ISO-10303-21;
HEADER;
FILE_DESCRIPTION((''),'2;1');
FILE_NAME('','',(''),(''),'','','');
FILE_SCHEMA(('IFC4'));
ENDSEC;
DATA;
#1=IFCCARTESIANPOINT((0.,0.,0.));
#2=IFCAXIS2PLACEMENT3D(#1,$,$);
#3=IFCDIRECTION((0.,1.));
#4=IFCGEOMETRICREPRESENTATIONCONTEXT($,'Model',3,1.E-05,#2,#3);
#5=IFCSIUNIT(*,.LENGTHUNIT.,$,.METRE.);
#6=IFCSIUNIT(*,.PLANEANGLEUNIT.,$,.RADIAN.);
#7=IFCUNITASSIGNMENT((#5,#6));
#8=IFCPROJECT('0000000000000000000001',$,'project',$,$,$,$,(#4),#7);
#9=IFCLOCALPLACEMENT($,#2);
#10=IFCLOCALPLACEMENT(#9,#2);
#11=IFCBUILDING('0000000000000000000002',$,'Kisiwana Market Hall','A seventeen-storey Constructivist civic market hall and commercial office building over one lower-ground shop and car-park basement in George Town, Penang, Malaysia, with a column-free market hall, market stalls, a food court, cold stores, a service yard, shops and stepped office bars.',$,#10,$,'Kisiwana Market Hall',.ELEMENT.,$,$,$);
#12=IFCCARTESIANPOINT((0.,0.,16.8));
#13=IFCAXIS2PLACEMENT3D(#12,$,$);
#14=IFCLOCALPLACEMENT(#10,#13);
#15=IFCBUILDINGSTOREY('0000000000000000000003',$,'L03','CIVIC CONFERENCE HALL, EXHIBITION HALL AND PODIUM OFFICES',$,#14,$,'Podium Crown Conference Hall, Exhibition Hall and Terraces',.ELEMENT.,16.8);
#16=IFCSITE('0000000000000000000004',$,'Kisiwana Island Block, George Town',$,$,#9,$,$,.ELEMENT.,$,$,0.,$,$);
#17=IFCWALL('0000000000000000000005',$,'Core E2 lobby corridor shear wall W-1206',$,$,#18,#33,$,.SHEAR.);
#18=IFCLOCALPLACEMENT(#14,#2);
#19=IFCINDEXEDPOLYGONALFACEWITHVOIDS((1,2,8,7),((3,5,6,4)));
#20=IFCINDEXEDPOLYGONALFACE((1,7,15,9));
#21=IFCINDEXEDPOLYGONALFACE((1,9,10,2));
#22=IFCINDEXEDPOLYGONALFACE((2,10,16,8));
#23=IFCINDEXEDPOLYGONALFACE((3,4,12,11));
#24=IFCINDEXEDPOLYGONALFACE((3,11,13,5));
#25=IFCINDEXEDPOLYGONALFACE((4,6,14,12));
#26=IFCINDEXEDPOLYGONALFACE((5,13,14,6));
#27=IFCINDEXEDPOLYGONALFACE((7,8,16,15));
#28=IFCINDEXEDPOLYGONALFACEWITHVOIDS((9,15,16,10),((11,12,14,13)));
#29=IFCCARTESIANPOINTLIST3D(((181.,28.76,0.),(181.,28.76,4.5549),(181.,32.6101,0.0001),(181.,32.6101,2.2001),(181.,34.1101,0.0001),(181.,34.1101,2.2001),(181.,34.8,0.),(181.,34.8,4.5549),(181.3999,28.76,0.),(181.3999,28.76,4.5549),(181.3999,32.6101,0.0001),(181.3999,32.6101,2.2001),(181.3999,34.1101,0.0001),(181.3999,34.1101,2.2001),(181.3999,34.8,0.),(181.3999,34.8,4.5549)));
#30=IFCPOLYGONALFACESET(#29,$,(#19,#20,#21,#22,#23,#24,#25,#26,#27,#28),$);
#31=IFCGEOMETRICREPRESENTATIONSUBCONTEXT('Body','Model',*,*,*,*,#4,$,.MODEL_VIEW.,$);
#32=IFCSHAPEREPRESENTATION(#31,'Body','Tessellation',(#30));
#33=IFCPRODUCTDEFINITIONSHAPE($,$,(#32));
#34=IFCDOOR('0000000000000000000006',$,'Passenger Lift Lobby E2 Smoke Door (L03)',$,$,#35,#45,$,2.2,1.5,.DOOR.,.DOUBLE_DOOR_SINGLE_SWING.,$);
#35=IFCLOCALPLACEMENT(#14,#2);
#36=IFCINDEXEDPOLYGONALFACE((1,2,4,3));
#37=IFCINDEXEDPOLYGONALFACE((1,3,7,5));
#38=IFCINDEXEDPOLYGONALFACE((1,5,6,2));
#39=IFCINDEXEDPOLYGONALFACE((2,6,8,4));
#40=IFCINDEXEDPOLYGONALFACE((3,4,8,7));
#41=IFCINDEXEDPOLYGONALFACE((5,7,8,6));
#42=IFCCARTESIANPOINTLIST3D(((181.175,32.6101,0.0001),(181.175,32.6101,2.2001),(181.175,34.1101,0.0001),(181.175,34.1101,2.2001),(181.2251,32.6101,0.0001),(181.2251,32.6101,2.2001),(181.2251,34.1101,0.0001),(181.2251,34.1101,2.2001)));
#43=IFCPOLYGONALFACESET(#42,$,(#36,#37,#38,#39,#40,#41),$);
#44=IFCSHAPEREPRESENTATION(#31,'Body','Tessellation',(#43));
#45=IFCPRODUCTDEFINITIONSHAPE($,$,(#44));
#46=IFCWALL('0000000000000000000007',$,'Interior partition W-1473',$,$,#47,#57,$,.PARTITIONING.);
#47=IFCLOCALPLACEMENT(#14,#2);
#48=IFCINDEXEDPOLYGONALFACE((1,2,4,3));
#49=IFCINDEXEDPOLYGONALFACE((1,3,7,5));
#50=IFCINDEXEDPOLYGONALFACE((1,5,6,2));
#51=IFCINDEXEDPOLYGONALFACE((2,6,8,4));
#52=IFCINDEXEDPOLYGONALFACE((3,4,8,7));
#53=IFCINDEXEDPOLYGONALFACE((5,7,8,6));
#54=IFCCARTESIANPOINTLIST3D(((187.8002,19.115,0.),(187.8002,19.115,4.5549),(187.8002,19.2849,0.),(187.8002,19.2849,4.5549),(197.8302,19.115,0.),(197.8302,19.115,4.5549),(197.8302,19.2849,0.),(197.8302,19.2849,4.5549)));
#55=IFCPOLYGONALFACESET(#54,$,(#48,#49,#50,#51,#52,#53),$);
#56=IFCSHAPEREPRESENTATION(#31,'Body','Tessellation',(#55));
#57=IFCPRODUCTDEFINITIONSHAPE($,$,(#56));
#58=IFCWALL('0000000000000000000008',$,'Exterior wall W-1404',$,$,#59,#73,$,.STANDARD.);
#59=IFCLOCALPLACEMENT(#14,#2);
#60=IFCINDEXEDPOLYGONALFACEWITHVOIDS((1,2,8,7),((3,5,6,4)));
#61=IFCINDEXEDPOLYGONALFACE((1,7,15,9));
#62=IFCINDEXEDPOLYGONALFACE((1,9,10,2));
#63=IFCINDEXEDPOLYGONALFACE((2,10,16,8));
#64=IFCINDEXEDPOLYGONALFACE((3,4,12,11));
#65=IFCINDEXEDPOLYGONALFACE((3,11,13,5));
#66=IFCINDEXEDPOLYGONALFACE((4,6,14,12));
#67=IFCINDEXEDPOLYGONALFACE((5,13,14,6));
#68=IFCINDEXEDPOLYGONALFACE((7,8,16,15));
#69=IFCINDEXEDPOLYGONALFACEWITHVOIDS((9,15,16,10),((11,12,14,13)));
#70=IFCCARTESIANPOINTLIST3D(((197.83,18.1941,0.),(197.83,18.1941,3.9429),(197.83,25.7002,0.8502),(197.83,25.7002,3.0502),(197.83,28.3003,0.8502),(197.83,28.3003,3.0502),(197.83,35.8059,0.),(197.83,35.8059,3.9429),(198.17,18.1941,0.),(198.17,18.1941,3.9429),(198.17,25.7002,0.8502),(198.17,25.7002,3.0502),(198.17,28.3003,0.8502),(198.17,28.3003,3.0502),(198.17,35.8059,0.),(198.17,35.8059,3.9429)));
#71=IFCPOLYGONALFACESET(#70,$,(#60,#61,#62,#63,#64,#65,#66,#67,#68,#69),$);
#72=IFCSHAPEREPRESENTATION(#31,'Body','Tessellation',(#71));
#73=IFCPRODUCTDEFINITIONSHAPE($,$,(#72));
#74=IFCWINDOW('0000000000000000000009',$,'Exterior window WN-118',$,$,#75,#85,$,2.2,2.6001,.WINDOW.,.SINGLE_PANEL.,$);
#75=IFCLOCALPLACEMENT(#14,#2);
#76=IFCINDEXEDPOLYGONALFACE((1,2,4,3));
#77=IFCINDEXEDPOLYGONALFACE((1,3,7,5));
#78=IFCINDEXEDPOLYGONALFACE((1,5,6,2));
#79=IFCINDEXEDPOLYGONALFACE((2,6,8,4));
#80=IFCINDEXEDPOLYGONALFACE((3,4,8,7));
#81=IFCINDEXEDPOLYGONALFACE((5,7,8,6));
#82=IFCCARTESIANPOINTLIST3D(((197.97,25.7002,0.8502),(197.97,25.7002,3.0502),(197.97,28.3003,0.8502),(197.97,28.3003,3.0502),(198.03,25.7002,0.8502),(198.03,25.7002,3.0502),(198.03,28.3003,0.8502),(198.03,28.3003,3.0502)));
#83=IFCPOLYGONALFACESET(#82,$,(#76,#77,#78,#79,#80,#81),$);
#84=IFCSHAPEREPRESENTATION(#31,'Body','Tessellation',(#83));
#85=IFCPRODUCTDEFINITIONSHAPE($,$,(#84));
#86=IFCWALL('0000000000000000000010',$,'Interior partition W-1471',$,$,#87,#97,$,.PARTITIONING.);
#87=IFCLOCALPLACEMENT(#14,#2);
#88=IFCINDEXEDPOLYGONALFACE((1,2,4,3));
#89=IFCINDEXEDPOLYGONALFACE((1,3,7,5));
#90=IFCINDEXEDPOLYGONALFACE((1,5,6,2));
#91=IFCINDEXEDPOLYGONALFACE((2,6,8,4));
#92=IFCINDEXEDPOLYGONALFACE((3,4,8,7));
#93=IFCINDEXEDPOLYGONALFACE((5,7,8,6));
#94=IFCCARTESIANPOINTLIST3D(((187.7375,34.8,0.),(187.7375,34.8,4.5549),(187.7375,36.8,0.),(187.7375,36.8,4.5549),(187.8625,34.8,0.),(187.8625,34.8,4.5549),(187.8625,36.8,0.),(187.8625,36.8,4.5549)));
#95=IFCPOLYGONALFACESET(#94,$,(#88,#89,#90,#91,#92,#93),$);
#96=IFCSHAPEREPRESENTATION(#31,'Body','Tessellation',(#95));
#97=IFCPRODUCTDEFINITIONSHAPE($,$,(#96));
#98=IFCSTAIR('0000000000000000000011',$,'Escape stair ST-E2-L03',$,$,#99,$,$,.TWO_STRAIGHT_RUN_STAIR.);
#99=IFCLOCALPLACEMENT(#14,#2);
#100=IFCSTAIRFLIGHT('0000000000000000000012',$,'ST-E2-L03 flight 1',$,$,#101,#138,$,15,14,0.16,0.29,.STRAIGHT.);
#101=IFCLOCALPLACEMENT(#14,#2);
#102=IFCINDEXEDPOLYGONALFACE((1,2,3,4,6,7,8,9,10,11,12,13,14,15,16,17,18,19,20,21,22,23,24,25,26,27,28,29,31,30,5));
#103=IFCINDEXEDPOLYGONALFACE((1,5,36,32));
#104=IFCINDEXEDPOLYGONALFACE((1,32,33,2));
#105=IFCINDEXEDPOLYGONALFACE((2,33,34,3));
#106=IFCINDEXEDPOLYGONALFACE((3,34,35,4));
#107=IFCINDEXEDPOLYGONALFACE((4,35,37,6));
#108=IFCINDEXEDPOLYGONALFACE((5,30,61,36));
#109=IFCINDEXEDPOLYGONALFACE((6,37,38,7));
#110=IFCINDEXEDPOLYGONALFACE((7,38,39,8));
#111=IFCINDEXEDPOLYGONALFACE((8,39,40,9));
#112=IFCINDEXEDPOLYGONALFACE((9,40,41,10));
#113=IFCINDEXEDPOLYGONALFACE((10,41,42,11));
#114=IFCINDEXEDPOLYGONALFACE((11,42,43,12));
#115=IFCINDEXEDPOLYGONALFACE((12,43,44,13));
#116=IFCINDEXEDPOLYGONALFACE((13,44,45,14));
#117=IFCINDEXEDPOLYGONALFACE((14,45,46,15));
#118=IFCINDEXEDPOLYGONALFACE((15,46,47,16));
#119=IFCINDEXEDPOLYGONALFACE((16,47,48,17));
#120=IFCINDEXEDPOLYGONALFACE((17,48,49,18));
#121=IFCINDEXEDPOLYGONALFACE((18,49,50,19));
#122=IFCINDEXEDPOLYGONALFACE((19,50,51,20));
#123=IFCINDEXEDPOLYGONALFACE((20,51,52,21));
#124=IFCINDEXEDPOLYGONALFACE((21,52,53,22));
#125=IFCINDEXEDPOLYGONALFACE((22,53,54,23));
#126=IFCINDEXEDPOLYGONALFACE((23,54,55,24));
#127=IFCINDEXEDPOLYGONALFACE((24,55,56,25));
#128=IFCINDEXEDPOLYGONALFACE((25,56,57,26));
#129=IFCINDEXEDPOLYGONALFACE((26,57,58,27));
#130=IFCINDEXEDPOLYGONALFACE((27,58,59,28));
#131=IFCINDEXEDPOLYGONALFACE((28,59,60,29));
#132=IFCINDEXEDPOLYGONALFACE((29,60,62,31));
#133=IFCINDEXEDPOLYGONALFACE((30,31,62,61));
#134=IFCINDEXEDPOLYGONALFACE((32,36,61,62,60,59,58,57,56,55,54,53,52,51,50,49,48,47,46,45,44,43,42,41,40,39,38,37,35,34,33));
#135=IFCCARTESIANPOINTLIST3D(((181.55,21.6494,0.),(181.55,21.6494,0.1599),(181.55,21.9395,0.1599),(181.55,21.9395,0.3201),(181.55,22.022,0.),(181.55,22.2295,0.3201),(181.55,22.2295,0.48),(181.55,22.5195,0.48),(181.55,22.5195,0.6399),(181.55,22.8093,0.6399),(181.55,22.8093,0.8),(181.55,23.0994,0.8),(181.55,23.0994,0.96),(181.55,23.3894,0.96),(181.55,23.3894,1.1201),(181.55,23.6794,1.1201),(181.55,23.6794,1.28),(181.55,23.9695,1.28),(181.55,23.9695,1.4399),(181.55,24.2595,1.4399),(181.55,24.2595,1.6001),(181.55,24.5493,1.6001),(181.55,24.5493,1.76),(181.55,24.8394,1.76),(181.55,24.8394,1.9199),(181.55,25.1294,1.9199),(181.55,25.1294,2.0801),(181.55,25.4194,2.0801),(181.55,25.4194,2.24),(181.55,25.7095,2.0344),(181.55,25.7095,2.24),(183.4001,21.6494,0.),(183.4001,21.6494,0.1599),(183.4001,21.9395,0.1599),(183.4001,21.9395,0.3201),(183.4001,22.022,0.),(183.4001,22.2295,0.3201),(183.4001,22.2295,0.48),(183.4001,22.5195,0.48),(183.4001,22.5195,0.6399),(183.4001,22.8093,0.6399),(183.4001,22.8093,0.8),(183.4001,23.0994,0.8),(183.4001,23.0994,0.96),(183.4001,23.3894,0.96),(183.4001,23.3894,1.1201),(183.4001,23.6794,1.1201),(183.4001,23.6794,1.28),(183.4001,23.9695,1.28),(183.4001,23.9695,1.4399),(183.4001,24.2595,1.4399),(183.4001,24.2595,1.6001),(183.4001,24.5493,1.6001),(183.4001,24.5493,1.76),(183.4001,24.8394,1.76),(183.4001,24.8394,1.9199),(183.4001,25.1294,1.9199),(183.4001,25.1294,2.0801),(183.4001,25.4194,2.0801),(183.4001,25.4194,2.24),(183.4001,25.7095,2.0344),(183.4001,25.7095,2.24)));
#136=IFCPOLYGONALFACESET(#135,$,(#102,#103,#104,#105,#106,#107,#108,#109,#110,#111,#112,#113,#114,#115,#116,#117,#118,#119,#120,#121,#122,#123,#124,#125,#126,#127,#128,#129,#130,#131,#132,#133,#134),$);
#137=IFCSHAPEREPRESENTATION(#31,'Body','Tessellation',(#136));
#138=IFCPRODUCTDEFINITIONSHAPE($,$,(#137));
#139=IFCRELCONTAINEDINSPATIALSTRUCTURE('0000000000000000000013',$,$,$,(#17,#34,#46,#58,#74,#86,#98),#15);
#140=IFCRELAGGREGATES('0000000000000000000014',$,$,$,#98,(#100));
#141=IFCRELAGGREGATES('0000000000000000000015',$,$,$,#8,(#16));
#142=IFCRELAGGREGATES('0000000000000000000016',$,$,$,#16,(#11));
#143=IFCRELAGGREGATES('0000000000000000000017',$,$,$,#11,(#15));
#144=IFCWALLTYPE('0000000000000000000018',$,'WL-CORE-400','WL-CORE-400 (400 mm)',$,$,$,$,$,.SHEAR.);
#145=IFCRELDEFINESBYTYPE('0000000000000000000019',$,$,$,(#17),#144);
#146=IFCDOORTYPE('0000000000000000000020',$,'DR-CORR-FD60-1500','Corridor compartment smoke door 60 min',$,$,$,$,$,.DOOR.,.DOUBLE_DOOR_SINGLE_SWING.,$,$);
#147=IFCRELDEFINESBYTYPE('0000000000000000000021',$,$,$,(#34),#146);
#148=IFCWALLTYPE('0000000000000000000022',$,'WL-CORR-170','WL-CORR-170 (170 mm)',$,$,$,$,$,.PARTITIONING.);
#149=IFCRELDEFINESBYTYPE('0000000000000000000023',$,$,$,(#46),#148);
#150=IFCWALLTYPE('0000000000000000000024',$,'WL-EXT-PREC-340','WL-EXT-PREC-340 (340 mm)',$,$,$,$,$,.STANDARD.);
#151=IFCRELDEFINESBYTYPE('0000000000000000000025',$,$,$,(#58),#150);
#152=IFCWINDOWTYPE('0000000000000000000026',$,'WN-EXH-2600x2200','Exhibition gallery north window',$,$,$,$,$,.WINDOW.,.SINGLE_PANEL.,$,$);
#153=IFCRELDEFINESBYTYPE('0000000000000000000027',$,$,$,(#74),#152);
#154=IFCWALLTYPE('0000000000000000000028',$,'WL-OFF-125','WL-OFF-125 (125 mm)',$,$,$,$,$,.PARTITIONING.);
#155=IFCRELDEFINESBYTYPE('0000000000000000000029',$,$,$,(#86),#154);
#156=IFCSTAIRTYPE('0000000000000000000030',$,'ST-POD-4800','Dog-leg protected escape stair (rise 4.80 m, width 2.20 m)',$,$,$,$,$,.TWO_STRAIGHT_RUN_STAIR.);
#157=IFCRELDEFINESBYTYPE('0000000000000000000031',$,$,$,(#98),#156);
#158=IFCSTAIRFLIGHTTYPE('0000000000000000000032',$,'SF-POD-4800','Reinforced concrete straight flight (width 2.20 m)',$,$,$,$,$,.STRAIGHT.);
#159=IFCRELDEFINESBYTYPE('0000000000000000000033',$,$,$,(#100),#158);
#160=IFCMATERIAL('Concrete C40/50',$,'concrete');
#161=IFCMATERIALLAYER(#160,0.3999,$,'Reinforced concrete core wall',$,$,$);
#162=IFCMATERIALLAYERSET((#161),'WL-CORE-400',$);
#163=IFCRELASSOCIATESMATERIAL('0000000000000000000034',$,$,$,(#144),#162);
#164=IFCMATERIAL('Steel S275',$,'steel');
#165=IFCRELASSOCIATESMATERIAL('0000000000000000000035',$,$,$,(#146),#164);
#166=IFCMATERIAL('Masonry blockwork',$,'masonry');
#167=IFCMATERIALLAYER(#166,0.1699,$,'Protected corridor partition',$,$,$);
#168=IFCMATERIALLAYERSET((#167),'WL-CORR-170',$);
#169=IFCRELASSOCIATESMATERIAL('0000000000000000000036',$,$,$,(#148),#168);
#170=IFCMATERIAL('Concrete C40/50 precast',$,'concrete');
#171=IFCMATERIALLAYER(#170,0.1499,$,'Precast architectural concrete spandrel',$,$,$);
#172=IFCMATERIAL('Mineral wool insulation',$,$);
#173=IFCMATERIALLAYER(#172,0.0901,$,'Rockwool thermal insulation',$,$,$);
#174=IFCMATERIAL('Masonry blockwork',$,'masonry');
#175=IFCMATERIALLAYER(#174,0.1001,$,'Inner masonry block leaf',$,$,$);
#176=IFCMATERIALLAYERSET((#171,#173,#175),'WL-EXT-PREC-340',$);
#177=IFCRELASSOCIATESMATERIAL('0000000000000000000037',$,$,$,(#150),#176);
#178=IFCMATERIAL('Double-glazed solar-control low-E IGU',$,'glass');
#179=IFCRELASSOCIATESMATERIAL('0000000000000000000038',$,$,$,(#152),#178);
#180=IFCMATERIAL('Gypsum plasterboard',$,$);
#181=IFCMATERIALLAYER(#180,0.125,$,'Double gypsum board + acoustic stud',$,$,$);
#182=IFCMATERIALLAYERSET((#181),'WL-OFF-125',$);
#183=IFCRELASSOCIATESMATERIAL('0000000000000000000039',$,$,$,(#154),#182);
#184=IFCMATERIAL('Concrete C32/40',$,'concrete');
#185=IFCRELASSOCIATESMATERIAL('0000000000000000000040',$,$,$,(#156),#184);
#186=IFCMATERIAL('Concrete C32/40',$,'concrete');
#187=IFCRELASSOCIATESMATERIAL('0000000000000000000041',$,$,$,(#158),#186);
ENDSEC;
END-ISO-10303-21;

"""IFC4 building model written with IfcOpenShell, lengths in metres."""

from ifc_helpers import new_model, si_unit, direction, frame, frame_2d, origin, place, context, subcontext, project, spatial, polyline, rectangle, outline, extrude, material, layer, layer_set, type_object, element, fill, aggregate, save


model = new_model("IFC4")

# Units and contexts
model_context = context("Model", 3, precision=1e-05, world=origin(), true_north=direction((0.0, 1.0)))
body_context = subcontext(model_context, "Body", "Model", "MODEL_VIEW")
ifc_project = project(units=[si_unit("LENGTHUNIT", "METRE"), si_unit("PLANEANGLEUNIT", "RADIAN")], contexts=[model_context])

# Site, building, storey
site_placement = place(None, origin())
site = spatial("IfcSite", under=ifc_project, at=site_placement, Name="Kisiwana Island Block, George Town", CompositionType="ELEMENT", RefElevation=0.0)
building_placement = place(site_placement, origin())
building = spatial("IfcBuilding", under=site, at=building_placement, Name="Kisiwana Market Hall", Description="A seventeen-storey Constructivist civic market hall and commercial office building over one lower-ground shop and car-park basement in George Town, Penang, Malaysia, with a column-free market hall, market stalls, a food court, cold stores, a service yard, shops and stepped office bars.", LongName="Kisiwana Market Hall", CompositionType="ELEMENT")
storey_placement = place(building_placement, frame((0.0, 0.0, 16.8)))
storey = spatial("IfcBuildingStorey", under=building, at=storey_placement, Name="L03", Description="CIVIC CONFERENCE HALL, EXHIBITION HALL AND PODIUM OFFICES", LongName="Podium Crown Conference Hall, Exhibition Hall and Terraces", CompositionType="ELEMENT", Elevation=16.8)

# Shared definitions
ifc_material_1 = material(Name="Concrete C40/50", Category="concrete")
ifc_layer_1 = layer(ifc_material_1, 0.3999, Name="Reinforced concrete core wall")
ifc_layer_set_1 = layer_set([ifc_layer_1], Name="WL-CORE-400")
wall_type_1 = type_object("IfcWallType", Name="WL-CORE-400", Description="WL-CORE-400 (400 mm)", PredefinedType="SHEAR", material=ifc_layer_set_1)

# Wall, opening, door
wall_1_placement = place(storey_placement, frame((181.2, 28.76, 0.0), z_axis=(0.0, 0.0, 1.0), x_axis=(0.0, 1.0, 0.0)))
wall_1 = element("IfcWall", 1, at=wall_1_placement, inside=storey, type_object=wall_type_1, Name="Core E2 lobby corridor shear wall W-1206", PredefinedType="SHEAR", context=body_context, shape_type="SweptSolid", body=[
    extrude(rectangle(XDim=6.04, YDim=0.3999, at=frame_2d((3.02, 0.0))), origin(), (0.0, 0.0, 1.0), 4.5549),
])
opening_1_placement = place(wall_1_placement, frame((3.8501, 0.0, 0.0)))
opening_1 = element("IfcOpeningElement", 2, at=opening_1_placement, cuts=wall_1, PredefinedType="OPENING", context=body_context, shape_type="SweptSolid", body=[
    extrude(rectangle(XDim=1.5, YDim=2.2, at=frame_2d((0.75, 1.1001))), frame((0.0, 0.2119, 0.0), z_axis=(0.0, -1.0, 0.0), x_axis=(1.0, 0.0, 0.0)), (0.0, 0.0, 1.0), 0.4238),
])
ifc_material_2 = material(Name="Steel S275", Category="steel")
door_type_1 = type_object("IfcDoorType", Name="DR-CORR-FD60-1500", Description="Corridor compartment smoke door 60 min", OperationType="DOUBLE_DOOR_SINGLE_SWING", PredefinedType="DOOR", material=ifc_material_2)
door_1_placement = place(opening_1_placement, origin())
door_1 = element("IfcDoor", 3, at=door_1_placement, inside=storey, type_object=door_type_1, Name="Passenger Lift Lobby E2 Smoke Door (L03)", OperationType="DOUBLE_DOOR_SINGLE_SWING", OverallHeight=2.2, OverallWidth=1.5, PredefinedType="DOOR", context=body_context, shape_type="SweptSolid", body=[
    extrude(rectangle(XDim=1.5, YDim=2.2, at=frame_2d((0.75, 1.1001))), frame((0.0, 0.0249, 0.0), z_axis=(0.0, -1.0, 0.0), x_axis=(1.0, 0.0, 0.0)), (0.0, 0.0, 1.0), 0.05),
])
fill(opening_1, door_1)

# Wall
ifc_material_3 = material(Name="Masonry blockwork", Category="masonry")
ifc_layer_2 = layer(ifc_material_3, 0.1699, Name="Protected corridor partition")
ifc_layer_set_2 = layer_set([ifc_layer_2], Name="WL-CORR-170")
wall_type_2 = type_object("IfcWallType", Name="WL-CORR-170", Description="WL-CORR-170 (170 mm)", PredefinedType="PARTITIONING", material=ifc_layer_set_2)
wall_2_placement = place(storey_placement, frame((187.8, 19.2, 0.0), z_axis=(0.0, 0.0, 1.0), x_axis=(1.0, 0.0, 0.0)))
element("IfcWall", 4, at=wall_2_placement, inside=storey, type_object=wall_type_2, Name="Interior partition W-1473", PredefinedType="PARTITIONING", context=body_context, shape_type="SweptSolid", body=[
    extrude(rectangle(XDim=10.03, YDim=0.1699, at=frame_2d((5.0151, 0.0))), origin(), (0.0, 0.0, 1.0), 4.5549),
])

# Wall, opening, window
ifc_material_4 = material(Name="Concrete C40/50 precast", Category="concrete")
ifc_layer_3 = layer(ifc_material_4, 0.1499, Name="Precast architectural concrete spandrel")
ifc_material_5 = material(Name="Mineral wool insulation")
ifc_layer_4 = layer(ifc_material_5, 0.0901, Name="Rockwool thermal insulation")
ifc_material_6 = material(Name="Masonry blockwork", Category="masonry")
ifc_layer_5 = layer(ifc_material_6, 0.1001, Name="Inner masonry block leaf")
ifc_layer_set_3 = layer_set([ifc_layer_3, ifc_layer_4, ifc_layer_5], Name="WL-EXT-PREC-340")
wall_type_3 = type_object("IfcWallType", Name="WL-EXT-PREC-340", Description="WL-EXT-PREC-340 (340 mm)", PredefinedType="STANDARD", material=ifc_layer_set_3)
wall_3_placement = place(storey_placement, frame((198.0, 18.1941, 0.0), z_axis=(0.0, 0.0, 1.0), x_axis=(0.0, 1.0, 0.0)))
wall_3 = element("IfcWall", 5, at=wall_3_placement, inside=storey, type_object=wall_type_3, Name="Exterior wall W-1404", PredefinedType="STANDARD", context=body_context, shape_type="SweptSolid", body=[
    extrude(rectangle(XDim=17.6118, YDim=0.3401, at=frame_2d((8.8059, 0.0))), origin(), (0.0, 0.0, 1.0), 3.9429),
])
opening_2_placement = place(wall_3_placement, frame((7.5061, 0.0, 0.8501)))
opening_2 = element("IfcOpeningElement", 6, at=opening_2_placement, cuts=wall_3, PredefinedType="OPENING", context=body_context, shape_type="SweptSolid", body=[
    extrude(rectangle(XDim=2.6001, YDim=2.2, at=frame_2d((1.3, 1.1001))), frame((0.0, 0.1821, 0.0), z_axis=(0.0, -1.0, 0.0), x_axis=(1.0, 0.0, 0.0)), (0.0, 0.0, 1.0), 0.364),
])
ifc_material_7 = material(Name="Double-glazed solar-control low-E IGU", Category="glass")
window_type = type_object("IfcWindowType", Name="WN-EXH-2600x2200", Description="Exhibition gallery north window", PartitioningType="SINGLE_PANEL", PredefinedType="WINDOW", material=ifc_material_7)
window_placement = place(opening_2_placement, origin())
window = element("IfcWindow", 7, at=window_placement, inside=storey, type_object=window_type, Name="Exterior window WN-118", OverallHeight=2.2, OverallWidth=2.6001, PartitioningType="SINGLE_PANEL", PredefinedType="WINDOW", context=body_context, shape_type="SweptSolid", body=[
    extrude(rectangle(XDim=2.6001, YDim=2.2, at=frame_2d((1.3, 1.1001))), frame((0.0, 0.03, 0.0), z_axis=(0.0, -1.0, 0.0), x_axis=(1.0, 0.0, 0.0)), (0.0, 0.0, 1.0), 0.0601),
])
fill(opening_2, window)

# Wall
ifc_material_8 = material(Name="Gypsum plasterboard")
ifc_layer_6 = layer(ifc_material_8, 0.125, Name="Double gypsum board + acoustic stud")
ifc_layer_set_4 = layer_set([ifc_layer_6], Name="WL-OFF-125")
wall_type_4 = type_object("IfcWallType", Name="WL-OFF-125", Description="WL-OFF-125 (125 mm)", PredefinedType="PARTITIONING", material=ifc_layer_set_4)
wall_4_placement = place(storey_placement, frame((187.8, 34.8, 0.0), z_axis=(0.0, 0.0, 1.0), x_axis=(0.0, 1.0, 0.0)))
element("IfcWall", 8, at=wall_4_placement, inside=storey, type_object=wall_type_4, Name="Interior partition W-1471", PredefinedType="PARTITIONING", context=body_context, shape_type="SweptSolid", body=[
    extrude(rectangle(XDim=2.0, YDim=0.125, at=frame_2d((1.0, 0.0))), origin(), (0.0, 0.0, 1.0), 4.5549),
])

# Stair, stair flight
ifc_material_9 = material(Name="Concrete C32/40", Category="concrete")
stair_type = type_object("IfcStairType", Name="ST-POD-4800", Description="Dog-leg protected escape stair (rise 4.80 m, width 2.20 m)", PredefinedType="TWO_STRAIGHT_RUN_STAIR", material=ifc_material_9)
stair_placement = place(storey_placement, origin())
stair = element("IfcStair", 9, at=stair_placement, inside=storey, type_object=stair_type, Name="Escape stair ST-E2-L03", PredefinedType="TWO_STRAIGHT_RUN_STAIR")
ifc_material_10 = material(Name="Concrete C32/40", Category="concrete")
stair_flight_type = type_object("IfcStairFlightType", Name="SF-POD-4800", Description="Reinforced concrete straight flight (width 2.20 m)", PredefinedType="STRAIGHT", material=ifc_material_10)
stair_flight_1_placement = place(storey_placement, frame((182.4751, 21.6494, 0.0), z_axis=(0.0, 0.0, 1.0), x_axis=(0.0, 1.0, 0.0)))
stair_flight_1 = element("IfcStairFlight", 10, at=stair_flight_1_placement, type_object=stair_flight_type, Name="ST-E2-L03 flight 1", NumberOfRisers=15, NumberOfTreads=14, PredefinedType="STRAIGHT", RiserHeight=0.16, TreadLength=0.29, context=body_context, shape_type="SweptSolid", body=[
    extrude(outline(polyline([(0.0, 0.0), (0.0, 0.1599), (0.29, 0.1599), (0.29, 0.3201), (0.5801, 0.3201), (0.5801, 0.48), (0.8701, 0.48), (0.8701, 0.6399), (1.1599, 0.6399), (1.1599, 0.8), (1.45, 0.8), (1.45, 0.96), (1.74, 0.96), (1.74, 1.1201), (2.03, 1.1201), (2.03, 1.28), (2.3201, 1.28), (2.3201, 1.4399), (2.6101, 1.4399), (2.6101, 1.6001), (2.8999, 1.6001), (2.8999, 1.76), (3.1899, 1.76), (3.1899, 1.9199), (3.48, 1.9199), (3.48, 2.0801), (3.77, 2.0801), (3.77, 2.24), (4.0601, 2.24), (4.0601, 2.3999), (4.0601, 2.0344), (0.3726, 0.0), (0.0, 0.0)])), frame((0.0, 0.925, 0.0), z_axis=(0.0, -1.0, 0.0), x_axis=(1.0, 0.0, 0.0)), (0.0, 0.0, 1.0), 1.8501),
])
aggregate(stair, [stair_flight_1])

save(model, "model.ifc")
